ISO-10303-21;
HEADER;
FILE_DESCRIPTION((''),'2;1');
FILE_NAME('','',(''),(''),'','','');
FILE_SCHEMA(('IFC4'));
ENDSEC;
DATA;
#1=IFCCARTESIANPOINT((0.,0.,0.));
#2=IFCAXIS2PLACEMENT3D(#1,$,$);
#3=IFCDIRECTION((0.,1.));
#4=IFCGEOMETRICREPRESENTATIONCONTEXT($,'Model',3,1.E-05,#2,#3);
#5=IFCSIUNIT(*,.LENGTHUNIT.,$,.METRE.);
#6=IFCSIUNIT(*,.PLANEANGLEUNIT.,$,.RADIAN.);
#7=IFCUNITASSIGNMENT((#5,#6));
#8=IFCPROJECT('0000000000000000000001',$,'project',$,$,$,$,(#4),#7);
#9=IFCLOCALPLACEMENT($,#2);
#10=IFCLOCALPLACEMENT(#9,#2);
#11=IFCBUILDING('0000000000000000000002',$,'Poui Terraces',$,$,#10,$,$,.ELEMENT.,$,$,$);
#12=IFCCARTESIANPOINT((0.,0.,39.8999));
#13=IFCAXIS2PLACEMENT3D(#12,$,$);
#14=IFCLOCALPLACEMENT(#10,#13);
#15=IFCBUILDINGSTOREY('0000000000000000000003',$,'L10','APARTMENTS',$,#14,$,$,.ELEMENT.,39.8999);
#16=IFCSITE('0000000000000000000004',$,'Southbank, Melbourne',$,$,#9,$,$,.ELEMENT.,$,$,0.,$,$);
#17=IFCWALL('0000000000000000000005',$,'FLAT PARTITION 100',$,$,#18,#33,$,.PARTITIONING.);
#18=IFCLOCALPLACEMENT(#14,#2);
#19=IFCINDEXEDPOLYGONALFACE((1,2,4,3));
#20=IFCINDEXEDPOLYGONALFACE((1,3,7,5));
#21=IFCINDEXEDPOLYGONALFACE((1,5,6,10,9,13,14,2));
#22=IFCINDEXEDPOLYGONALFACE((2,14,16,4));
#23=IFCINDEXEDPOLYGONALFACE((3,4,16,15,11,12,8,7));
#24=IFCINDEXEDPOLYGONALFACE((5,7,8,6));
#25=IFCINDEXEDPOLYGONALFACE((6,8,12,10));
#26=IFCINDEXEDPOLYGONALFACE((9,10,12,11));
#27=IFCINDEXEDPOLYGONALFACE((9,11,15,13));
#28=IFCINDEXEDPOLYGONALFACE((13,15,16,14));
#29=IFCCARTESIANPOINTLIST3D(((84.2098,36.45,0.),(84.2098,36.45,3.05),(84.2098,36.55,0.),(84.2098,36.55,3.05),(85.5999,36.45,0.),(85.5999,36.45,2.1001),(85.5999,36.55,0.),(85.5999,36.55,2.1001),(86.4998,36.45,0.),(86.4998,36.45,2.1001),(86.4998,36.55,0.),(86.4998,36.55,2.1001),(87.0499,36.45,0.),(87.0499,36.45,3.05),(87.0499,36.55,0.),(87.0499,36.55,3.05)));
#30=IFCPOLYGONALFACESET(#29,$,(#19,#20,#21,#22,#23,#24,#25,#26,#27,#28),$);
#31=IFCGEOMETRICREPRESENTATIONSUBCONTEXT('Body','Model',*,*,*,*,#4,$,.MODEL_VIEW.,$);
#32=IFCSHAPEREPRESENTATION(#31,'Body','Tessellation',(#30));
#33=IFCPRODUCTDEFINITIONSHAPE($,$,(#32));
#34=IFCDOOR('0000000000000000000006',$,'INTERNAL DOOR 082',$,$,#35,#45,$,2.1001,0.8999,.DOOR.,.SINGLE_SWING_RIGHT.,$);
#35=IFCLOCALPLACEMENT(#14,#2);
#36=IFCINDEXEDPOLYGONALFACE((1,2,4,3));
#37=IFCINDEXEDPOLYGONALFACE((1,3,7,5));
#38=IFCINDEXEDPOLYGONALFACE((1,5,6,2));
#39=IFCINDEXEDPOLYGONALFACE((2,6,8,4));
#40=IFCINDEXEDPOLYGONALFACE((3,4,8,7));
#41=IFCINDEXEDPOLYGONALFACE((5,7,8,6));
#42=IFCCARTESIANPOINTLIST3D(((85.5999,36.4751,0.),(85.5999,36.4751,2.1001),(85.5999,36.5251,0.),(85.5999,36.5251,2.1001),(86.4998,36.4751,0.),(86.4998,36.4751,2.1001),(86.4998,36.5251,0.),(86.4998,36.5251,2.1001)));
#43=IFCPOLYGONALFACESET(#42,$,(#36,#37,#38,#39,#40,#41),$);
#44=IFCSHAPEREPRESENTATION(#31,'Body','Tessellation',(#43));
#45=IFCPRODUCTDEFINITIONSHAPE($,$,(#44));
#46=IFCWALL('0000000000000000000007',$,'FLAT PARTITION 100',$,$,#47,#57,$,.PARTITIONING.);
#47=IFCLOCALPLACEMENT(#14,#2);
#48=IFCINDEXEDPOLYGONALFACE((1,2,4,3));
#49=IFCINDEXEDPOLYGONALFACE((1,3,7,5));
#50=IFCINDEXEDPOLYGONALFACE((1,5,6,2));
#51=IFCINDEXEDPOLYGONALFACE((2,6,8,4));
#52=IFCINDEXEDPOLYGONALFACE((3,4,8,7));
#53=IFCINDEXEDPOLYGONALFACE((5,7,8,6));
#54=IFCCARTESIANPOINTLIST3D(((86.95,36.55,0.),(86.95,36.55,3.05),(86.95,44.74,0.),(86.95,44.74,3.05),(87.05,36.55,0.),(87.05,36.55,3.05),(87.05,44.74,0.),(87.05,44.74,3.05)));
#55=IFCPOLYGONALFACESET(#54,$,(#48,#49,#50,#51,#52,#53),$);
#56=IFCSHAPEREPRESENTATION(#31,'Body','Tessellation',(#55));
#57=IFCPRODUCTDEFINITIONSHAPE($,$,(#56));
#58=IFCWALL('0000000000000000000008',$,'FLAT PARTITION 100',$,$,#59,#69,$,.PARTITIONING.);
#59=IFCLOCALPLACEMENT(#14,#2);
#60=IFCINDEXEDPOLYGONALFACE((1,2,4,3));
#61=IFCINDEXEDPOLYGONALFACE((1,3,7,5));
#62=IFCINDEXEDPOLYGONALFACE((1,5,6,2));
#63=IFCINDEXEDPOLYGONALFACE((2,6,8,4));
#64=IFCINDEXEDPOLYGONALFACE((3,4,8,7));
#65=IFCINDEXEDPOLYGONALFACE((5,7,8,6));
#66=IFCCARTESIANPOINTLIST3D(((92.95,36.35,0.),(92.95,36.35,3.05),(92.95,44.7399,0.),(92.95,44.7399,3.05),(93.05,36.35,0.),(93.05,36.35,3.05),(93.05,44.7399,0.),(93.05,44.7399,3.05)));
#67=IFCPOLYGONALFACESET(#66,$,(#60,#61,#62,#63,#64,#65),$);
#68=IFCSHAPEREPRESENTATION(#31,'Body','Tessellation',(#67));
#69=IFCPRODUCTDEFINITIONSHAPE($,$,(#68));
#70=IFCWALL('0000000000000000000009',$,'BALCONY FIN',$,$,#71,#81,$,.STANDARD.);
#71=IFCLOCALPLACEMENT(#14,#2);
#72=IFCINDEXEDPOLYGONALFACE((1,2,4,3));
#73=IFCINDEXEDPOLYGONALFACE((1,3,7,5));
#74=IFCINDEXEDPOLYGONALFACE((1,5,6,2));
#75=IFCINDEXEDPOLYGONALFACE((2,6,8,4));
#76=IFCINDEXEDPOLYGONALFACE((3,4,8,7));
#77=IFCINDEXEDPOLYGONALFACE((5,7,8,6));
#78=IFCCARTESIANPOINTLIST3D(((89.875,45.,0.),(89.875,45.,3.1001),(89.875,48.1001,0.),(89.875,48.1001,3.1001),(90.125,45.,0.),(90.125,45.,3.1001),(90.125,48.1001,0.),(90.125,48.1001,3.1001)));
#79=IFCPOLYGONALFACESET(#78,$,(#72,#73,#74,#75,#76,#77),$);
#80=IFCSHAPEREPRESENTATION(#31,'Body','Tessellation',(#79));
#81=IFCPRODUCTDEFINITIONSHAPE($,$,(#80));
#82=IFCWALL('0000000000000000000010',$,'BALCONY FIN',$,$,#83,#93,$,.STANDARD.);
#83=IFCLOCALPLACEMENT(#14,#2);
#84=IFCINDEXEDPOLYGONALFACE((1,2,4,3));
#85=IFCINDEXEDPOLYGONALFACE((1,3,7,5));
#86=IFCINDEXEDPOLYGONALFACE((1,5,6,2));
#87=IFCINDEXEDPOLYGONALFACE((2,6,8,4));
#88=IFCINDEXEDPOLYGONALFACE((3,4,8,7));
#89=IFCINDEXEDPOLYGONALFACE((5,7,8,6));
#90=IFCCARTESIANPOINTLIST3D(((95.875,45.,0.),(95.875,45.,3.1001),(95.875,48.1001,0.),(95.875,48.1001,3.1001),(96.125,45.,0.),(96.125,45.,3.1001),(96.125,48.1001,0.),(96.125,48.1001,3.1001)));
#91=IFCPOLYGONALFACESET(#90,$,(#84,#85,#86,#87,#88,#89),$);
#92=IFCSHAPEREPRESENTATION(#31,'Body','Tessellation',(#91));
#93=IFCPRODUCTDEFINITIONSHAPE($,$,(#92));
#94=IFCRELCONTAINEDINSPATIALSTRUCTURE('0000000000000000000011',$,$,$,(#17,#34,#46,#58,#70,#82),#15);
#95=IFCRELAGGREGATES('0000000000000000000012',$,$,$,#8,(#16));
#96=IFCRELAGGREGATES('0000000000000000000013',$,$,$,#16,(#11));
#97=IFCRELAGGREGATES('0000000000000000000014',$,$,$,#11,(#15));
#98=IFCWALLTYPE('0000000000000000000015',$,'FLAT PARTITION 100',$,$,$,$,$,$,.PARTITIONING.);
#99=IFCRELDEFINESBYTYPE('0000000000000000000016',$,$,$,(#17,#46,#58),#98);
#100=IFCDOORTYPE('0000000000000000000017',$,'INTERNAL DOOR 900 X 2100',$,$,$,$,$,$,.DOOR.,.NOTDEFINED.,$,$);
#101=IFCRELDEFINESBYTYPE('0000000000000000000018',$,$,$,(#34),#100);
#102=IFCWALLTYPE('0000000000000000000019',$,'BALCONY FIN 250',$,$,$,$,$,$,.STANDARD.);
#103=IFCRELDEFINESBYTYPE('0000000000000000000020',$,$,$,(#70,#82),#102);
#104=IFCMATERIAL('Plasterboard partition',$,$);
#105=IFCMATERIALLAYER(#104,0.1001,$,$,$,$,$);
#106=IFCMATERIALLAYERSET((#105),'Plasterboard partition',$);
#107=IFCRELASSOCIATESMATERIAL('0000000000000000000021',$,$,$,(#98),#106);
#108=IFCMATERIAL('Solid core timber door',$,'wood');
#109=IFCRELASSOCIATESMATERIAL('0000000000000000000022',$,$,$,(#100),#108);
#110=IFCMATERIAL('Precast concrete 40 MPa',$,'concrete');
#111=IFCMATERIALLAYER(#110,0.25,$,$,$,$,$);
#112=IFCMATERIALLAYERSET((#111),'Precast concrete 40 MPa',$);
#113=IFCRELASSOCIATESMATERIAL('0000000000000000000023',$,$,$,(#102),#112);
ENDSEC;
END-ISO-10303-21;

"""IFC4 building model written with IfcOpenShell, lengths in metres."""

from ifc_helpers import new_model, si_unit, direction, frame, frame_2d, origin, place, context, subcontext, project, spatial, polyline, rectangle, outline, extrude, source, transform, mapped, material, layer, layer_set, type_object, element, fill, save


model = new_model("IFC4")

# Units and contexts
model_context = context("Model", 3, precision=1e-05, world=origin(), true_north=direction((0.0, 1.0)))
body_context = subcontext(model_context, "Body", "Model", "MODEL_VIEW")
ifc_project = project(units=[si_unit("LENGTHUNIT", "METRE"), si_unit("PLANEANGLEUNIT", "RADIAN")], contexts=[model_context])

# Site, building, storey
site_placement = place(None, origin())
site = spatial("IfcSite", under=ifc_project, at=site_placement, Name="Southbank, Melbourne", CompositionType="ELEMENT", RefElevation=0.0)
building_placement = place(site_placement, origin())
building = spatial("IfcBuilding", under=site, at=building_placement, Name="Poui Terraces", CompositionType="ELEMENT")
storey_placement = place(building_placement, frame((0.0, 0.0, 39.8999)))
storey = spatial("IfcBuildingStorey", under=building, at=storey_placement, Name="L10", Description="APARTMENTS", CompositionType="ELEMENT", Elevation=39.8999)

# Wall, opening, door
ifc_material_1 = material(Name="Plasterboard partition")
ifc_layer_1 = layer(ifc_material_1, 0.1001)
ifc_layer_set_1 = layer_set([ifc_layer_1], Name="Plasterboard partition")
wall_type_1 = type_object("IfcWallType", Name="FLAT PARTITION 100", PredefinedType="PARTITIONING", material=ifc_layer_set_1)
ifc_material_2 = material(Name="Solid core timber door", Category="wood")
door_type_1 = type_object("IfcDoorType", Name="INTERNAL DOOR 900 X 2100", OperationType="NOTDEFINED", PredefinedType="DOOR", material=ifc_material_2)
wall_1_placement = place(storey_placement, frame((84.21, 36.5, 0.0), z_axis=(0.0, 0.0, 1.0), x_axis=(1.0, 0.0, 0.0)))
wall_1 = element("IfcWall", 1, at=wall_1_placement, inside=storey, type_object=wall_type_1, Name="FLAT PARTITION 100", PredefinedType="PARTITIONING", context=body_context, shape_type="SweptSolid", body=[
    extrude(rectangle(XDim=2.8401, YDim=0.1001, at=frame_2d((1.4199, 0.0))), origin(), (0.0, 0.0, 1.0), 3.05),
])
opening_1_placement = place(wall_1_placement, frame((1.3899, 0.0, 0.0)))
opening_1 = element("IfcOpeningElement", 2, at=opening_1_placement, cuts=wall_1, PredefinedType="OPENING", context=body_context, shape_type="SweptSolid", body=[
    extrude(rectangle(XDim=0.8999, YDim=2.1001, at=frame_2d((0.45, 1.05))), frame((0.0, 0.0601, 0.0), z_axis=(0.0, -1.0, 0.0), x_axis=(1.0, 0.0, 0.0)), (0.0, 0.0, 1.0), 0.1201),
])
door_1_placement = place(opening_1_placement, frame((0.8999, 0.0, 0.0), z_axis=(0.0, 0.0, 1.0), x_axis=(-1.0, 0.0, 0.0)))
door_1 = element("IfcDoor", 3, at=door_1_placement, inside=storey, type_object=door_type_1, Name="INTERNAL DOOR 082", OperationType="SINGLE_SWING_RIGHT", OverallHeight=2.1001, OverallWidth=0.8999, PredefinedType="DOOR", context=body_context, shape_type="SweptSolid", body=[
    extrude(rectangle(XDim=0.8999, YDim=2.1001, at=frame_2d((0.45, 1.05))), frame((0.0, 0.0249, 0.0), z_axis=(0.0, -1.0, 0.0), x_axis=(1.0, 0.0, 0.0)), (0.0, 0.0, 1.0), 0.05),
])
fill(opening_1, door_1)

# Walls
wall_2_placement = place(storey_placement, frame((87.0, 36.55, 0.0), z_axis=(0.0, 0.0, 1.0), x_axis=(0.0, 1.0, 0.0)))
element("IfcWall", 4, at=wall_2_placement, inside=storey, type_object=wall_type_1, Name="FLAT PARTITION 100", PredefinedType="PARTITIONING", context=body_context, shape_type="SweptSolid", body=[
    extrude(rectangle(XDim=8.1899, YDim=0.1001, at=frame_2d((4.095, 0.0))), origin(), (0.0, 0.0, 1.0), 3.05),
])
wall_3_placement = place(storey_placement, frame((93.0, 36.3501, 0.0), z_axis=(0.0, 0.0, 1.0), x_axis=(0.0, 1.0, 0.0)))
element("IfcWall", 5, at=wall_3_placement, inside=storey, type_object=wall_type_1, Name="FLAT PARTITION 100", PredefinedType="PARTITIONING", context=body_context, shape_type="SweptSolid", body=[
    extrude(rectangle(XDim=8.3899, YDim=0.1001, at=frame_2d((4.1948, 0.0))), origin(), (0.0, 0.0, 1.0), 3.05),
])
ifc_material_3 = material(Name="Precast concrete 40 MPa", Category="concrete")
ifc_layer_2 = layer(ifc_material_3, 0.25)
ifc_layer_set_2 = layer_set([ifc_layer_2], Name="Precast concrete 40 MPa")
wall_type_2 = type_object("IfcWallType", Name="BALCONY FIN 250", PredefinedType="STANDARD", material=ifc_layer_set_2)
shared_shape_1 = source(origin(), body_context, "Body", "SweptSolid", [
    extrude(outline(polyline([(0.0, 0.0), (0.25, 0.0), (0.25, 3.1001), (0.0, 3.1001), (0.0, 0.0)])), origin(), (0.0, 0.0, 1.0), 3.1001),
])
for number, where, name in (
    (6, (89.875, 45.0, 0.0), "BALCONY FIN"),
    (7, (95.875, 45.0, 0.0), "BALCONY FIN"),
):
    element("IfcWall", number, at=place(storey_placement, frame(where)), inside=storey, type_object=wall_type_2, Name=name, PredefinedType="STANDARD", context=body_context, shape_type="MappedRepresentation", body=[
        mapped(shared_shape_1, transform((0.0, 0.0, 0.0))),
    ])

save(model, "model.ifc")
